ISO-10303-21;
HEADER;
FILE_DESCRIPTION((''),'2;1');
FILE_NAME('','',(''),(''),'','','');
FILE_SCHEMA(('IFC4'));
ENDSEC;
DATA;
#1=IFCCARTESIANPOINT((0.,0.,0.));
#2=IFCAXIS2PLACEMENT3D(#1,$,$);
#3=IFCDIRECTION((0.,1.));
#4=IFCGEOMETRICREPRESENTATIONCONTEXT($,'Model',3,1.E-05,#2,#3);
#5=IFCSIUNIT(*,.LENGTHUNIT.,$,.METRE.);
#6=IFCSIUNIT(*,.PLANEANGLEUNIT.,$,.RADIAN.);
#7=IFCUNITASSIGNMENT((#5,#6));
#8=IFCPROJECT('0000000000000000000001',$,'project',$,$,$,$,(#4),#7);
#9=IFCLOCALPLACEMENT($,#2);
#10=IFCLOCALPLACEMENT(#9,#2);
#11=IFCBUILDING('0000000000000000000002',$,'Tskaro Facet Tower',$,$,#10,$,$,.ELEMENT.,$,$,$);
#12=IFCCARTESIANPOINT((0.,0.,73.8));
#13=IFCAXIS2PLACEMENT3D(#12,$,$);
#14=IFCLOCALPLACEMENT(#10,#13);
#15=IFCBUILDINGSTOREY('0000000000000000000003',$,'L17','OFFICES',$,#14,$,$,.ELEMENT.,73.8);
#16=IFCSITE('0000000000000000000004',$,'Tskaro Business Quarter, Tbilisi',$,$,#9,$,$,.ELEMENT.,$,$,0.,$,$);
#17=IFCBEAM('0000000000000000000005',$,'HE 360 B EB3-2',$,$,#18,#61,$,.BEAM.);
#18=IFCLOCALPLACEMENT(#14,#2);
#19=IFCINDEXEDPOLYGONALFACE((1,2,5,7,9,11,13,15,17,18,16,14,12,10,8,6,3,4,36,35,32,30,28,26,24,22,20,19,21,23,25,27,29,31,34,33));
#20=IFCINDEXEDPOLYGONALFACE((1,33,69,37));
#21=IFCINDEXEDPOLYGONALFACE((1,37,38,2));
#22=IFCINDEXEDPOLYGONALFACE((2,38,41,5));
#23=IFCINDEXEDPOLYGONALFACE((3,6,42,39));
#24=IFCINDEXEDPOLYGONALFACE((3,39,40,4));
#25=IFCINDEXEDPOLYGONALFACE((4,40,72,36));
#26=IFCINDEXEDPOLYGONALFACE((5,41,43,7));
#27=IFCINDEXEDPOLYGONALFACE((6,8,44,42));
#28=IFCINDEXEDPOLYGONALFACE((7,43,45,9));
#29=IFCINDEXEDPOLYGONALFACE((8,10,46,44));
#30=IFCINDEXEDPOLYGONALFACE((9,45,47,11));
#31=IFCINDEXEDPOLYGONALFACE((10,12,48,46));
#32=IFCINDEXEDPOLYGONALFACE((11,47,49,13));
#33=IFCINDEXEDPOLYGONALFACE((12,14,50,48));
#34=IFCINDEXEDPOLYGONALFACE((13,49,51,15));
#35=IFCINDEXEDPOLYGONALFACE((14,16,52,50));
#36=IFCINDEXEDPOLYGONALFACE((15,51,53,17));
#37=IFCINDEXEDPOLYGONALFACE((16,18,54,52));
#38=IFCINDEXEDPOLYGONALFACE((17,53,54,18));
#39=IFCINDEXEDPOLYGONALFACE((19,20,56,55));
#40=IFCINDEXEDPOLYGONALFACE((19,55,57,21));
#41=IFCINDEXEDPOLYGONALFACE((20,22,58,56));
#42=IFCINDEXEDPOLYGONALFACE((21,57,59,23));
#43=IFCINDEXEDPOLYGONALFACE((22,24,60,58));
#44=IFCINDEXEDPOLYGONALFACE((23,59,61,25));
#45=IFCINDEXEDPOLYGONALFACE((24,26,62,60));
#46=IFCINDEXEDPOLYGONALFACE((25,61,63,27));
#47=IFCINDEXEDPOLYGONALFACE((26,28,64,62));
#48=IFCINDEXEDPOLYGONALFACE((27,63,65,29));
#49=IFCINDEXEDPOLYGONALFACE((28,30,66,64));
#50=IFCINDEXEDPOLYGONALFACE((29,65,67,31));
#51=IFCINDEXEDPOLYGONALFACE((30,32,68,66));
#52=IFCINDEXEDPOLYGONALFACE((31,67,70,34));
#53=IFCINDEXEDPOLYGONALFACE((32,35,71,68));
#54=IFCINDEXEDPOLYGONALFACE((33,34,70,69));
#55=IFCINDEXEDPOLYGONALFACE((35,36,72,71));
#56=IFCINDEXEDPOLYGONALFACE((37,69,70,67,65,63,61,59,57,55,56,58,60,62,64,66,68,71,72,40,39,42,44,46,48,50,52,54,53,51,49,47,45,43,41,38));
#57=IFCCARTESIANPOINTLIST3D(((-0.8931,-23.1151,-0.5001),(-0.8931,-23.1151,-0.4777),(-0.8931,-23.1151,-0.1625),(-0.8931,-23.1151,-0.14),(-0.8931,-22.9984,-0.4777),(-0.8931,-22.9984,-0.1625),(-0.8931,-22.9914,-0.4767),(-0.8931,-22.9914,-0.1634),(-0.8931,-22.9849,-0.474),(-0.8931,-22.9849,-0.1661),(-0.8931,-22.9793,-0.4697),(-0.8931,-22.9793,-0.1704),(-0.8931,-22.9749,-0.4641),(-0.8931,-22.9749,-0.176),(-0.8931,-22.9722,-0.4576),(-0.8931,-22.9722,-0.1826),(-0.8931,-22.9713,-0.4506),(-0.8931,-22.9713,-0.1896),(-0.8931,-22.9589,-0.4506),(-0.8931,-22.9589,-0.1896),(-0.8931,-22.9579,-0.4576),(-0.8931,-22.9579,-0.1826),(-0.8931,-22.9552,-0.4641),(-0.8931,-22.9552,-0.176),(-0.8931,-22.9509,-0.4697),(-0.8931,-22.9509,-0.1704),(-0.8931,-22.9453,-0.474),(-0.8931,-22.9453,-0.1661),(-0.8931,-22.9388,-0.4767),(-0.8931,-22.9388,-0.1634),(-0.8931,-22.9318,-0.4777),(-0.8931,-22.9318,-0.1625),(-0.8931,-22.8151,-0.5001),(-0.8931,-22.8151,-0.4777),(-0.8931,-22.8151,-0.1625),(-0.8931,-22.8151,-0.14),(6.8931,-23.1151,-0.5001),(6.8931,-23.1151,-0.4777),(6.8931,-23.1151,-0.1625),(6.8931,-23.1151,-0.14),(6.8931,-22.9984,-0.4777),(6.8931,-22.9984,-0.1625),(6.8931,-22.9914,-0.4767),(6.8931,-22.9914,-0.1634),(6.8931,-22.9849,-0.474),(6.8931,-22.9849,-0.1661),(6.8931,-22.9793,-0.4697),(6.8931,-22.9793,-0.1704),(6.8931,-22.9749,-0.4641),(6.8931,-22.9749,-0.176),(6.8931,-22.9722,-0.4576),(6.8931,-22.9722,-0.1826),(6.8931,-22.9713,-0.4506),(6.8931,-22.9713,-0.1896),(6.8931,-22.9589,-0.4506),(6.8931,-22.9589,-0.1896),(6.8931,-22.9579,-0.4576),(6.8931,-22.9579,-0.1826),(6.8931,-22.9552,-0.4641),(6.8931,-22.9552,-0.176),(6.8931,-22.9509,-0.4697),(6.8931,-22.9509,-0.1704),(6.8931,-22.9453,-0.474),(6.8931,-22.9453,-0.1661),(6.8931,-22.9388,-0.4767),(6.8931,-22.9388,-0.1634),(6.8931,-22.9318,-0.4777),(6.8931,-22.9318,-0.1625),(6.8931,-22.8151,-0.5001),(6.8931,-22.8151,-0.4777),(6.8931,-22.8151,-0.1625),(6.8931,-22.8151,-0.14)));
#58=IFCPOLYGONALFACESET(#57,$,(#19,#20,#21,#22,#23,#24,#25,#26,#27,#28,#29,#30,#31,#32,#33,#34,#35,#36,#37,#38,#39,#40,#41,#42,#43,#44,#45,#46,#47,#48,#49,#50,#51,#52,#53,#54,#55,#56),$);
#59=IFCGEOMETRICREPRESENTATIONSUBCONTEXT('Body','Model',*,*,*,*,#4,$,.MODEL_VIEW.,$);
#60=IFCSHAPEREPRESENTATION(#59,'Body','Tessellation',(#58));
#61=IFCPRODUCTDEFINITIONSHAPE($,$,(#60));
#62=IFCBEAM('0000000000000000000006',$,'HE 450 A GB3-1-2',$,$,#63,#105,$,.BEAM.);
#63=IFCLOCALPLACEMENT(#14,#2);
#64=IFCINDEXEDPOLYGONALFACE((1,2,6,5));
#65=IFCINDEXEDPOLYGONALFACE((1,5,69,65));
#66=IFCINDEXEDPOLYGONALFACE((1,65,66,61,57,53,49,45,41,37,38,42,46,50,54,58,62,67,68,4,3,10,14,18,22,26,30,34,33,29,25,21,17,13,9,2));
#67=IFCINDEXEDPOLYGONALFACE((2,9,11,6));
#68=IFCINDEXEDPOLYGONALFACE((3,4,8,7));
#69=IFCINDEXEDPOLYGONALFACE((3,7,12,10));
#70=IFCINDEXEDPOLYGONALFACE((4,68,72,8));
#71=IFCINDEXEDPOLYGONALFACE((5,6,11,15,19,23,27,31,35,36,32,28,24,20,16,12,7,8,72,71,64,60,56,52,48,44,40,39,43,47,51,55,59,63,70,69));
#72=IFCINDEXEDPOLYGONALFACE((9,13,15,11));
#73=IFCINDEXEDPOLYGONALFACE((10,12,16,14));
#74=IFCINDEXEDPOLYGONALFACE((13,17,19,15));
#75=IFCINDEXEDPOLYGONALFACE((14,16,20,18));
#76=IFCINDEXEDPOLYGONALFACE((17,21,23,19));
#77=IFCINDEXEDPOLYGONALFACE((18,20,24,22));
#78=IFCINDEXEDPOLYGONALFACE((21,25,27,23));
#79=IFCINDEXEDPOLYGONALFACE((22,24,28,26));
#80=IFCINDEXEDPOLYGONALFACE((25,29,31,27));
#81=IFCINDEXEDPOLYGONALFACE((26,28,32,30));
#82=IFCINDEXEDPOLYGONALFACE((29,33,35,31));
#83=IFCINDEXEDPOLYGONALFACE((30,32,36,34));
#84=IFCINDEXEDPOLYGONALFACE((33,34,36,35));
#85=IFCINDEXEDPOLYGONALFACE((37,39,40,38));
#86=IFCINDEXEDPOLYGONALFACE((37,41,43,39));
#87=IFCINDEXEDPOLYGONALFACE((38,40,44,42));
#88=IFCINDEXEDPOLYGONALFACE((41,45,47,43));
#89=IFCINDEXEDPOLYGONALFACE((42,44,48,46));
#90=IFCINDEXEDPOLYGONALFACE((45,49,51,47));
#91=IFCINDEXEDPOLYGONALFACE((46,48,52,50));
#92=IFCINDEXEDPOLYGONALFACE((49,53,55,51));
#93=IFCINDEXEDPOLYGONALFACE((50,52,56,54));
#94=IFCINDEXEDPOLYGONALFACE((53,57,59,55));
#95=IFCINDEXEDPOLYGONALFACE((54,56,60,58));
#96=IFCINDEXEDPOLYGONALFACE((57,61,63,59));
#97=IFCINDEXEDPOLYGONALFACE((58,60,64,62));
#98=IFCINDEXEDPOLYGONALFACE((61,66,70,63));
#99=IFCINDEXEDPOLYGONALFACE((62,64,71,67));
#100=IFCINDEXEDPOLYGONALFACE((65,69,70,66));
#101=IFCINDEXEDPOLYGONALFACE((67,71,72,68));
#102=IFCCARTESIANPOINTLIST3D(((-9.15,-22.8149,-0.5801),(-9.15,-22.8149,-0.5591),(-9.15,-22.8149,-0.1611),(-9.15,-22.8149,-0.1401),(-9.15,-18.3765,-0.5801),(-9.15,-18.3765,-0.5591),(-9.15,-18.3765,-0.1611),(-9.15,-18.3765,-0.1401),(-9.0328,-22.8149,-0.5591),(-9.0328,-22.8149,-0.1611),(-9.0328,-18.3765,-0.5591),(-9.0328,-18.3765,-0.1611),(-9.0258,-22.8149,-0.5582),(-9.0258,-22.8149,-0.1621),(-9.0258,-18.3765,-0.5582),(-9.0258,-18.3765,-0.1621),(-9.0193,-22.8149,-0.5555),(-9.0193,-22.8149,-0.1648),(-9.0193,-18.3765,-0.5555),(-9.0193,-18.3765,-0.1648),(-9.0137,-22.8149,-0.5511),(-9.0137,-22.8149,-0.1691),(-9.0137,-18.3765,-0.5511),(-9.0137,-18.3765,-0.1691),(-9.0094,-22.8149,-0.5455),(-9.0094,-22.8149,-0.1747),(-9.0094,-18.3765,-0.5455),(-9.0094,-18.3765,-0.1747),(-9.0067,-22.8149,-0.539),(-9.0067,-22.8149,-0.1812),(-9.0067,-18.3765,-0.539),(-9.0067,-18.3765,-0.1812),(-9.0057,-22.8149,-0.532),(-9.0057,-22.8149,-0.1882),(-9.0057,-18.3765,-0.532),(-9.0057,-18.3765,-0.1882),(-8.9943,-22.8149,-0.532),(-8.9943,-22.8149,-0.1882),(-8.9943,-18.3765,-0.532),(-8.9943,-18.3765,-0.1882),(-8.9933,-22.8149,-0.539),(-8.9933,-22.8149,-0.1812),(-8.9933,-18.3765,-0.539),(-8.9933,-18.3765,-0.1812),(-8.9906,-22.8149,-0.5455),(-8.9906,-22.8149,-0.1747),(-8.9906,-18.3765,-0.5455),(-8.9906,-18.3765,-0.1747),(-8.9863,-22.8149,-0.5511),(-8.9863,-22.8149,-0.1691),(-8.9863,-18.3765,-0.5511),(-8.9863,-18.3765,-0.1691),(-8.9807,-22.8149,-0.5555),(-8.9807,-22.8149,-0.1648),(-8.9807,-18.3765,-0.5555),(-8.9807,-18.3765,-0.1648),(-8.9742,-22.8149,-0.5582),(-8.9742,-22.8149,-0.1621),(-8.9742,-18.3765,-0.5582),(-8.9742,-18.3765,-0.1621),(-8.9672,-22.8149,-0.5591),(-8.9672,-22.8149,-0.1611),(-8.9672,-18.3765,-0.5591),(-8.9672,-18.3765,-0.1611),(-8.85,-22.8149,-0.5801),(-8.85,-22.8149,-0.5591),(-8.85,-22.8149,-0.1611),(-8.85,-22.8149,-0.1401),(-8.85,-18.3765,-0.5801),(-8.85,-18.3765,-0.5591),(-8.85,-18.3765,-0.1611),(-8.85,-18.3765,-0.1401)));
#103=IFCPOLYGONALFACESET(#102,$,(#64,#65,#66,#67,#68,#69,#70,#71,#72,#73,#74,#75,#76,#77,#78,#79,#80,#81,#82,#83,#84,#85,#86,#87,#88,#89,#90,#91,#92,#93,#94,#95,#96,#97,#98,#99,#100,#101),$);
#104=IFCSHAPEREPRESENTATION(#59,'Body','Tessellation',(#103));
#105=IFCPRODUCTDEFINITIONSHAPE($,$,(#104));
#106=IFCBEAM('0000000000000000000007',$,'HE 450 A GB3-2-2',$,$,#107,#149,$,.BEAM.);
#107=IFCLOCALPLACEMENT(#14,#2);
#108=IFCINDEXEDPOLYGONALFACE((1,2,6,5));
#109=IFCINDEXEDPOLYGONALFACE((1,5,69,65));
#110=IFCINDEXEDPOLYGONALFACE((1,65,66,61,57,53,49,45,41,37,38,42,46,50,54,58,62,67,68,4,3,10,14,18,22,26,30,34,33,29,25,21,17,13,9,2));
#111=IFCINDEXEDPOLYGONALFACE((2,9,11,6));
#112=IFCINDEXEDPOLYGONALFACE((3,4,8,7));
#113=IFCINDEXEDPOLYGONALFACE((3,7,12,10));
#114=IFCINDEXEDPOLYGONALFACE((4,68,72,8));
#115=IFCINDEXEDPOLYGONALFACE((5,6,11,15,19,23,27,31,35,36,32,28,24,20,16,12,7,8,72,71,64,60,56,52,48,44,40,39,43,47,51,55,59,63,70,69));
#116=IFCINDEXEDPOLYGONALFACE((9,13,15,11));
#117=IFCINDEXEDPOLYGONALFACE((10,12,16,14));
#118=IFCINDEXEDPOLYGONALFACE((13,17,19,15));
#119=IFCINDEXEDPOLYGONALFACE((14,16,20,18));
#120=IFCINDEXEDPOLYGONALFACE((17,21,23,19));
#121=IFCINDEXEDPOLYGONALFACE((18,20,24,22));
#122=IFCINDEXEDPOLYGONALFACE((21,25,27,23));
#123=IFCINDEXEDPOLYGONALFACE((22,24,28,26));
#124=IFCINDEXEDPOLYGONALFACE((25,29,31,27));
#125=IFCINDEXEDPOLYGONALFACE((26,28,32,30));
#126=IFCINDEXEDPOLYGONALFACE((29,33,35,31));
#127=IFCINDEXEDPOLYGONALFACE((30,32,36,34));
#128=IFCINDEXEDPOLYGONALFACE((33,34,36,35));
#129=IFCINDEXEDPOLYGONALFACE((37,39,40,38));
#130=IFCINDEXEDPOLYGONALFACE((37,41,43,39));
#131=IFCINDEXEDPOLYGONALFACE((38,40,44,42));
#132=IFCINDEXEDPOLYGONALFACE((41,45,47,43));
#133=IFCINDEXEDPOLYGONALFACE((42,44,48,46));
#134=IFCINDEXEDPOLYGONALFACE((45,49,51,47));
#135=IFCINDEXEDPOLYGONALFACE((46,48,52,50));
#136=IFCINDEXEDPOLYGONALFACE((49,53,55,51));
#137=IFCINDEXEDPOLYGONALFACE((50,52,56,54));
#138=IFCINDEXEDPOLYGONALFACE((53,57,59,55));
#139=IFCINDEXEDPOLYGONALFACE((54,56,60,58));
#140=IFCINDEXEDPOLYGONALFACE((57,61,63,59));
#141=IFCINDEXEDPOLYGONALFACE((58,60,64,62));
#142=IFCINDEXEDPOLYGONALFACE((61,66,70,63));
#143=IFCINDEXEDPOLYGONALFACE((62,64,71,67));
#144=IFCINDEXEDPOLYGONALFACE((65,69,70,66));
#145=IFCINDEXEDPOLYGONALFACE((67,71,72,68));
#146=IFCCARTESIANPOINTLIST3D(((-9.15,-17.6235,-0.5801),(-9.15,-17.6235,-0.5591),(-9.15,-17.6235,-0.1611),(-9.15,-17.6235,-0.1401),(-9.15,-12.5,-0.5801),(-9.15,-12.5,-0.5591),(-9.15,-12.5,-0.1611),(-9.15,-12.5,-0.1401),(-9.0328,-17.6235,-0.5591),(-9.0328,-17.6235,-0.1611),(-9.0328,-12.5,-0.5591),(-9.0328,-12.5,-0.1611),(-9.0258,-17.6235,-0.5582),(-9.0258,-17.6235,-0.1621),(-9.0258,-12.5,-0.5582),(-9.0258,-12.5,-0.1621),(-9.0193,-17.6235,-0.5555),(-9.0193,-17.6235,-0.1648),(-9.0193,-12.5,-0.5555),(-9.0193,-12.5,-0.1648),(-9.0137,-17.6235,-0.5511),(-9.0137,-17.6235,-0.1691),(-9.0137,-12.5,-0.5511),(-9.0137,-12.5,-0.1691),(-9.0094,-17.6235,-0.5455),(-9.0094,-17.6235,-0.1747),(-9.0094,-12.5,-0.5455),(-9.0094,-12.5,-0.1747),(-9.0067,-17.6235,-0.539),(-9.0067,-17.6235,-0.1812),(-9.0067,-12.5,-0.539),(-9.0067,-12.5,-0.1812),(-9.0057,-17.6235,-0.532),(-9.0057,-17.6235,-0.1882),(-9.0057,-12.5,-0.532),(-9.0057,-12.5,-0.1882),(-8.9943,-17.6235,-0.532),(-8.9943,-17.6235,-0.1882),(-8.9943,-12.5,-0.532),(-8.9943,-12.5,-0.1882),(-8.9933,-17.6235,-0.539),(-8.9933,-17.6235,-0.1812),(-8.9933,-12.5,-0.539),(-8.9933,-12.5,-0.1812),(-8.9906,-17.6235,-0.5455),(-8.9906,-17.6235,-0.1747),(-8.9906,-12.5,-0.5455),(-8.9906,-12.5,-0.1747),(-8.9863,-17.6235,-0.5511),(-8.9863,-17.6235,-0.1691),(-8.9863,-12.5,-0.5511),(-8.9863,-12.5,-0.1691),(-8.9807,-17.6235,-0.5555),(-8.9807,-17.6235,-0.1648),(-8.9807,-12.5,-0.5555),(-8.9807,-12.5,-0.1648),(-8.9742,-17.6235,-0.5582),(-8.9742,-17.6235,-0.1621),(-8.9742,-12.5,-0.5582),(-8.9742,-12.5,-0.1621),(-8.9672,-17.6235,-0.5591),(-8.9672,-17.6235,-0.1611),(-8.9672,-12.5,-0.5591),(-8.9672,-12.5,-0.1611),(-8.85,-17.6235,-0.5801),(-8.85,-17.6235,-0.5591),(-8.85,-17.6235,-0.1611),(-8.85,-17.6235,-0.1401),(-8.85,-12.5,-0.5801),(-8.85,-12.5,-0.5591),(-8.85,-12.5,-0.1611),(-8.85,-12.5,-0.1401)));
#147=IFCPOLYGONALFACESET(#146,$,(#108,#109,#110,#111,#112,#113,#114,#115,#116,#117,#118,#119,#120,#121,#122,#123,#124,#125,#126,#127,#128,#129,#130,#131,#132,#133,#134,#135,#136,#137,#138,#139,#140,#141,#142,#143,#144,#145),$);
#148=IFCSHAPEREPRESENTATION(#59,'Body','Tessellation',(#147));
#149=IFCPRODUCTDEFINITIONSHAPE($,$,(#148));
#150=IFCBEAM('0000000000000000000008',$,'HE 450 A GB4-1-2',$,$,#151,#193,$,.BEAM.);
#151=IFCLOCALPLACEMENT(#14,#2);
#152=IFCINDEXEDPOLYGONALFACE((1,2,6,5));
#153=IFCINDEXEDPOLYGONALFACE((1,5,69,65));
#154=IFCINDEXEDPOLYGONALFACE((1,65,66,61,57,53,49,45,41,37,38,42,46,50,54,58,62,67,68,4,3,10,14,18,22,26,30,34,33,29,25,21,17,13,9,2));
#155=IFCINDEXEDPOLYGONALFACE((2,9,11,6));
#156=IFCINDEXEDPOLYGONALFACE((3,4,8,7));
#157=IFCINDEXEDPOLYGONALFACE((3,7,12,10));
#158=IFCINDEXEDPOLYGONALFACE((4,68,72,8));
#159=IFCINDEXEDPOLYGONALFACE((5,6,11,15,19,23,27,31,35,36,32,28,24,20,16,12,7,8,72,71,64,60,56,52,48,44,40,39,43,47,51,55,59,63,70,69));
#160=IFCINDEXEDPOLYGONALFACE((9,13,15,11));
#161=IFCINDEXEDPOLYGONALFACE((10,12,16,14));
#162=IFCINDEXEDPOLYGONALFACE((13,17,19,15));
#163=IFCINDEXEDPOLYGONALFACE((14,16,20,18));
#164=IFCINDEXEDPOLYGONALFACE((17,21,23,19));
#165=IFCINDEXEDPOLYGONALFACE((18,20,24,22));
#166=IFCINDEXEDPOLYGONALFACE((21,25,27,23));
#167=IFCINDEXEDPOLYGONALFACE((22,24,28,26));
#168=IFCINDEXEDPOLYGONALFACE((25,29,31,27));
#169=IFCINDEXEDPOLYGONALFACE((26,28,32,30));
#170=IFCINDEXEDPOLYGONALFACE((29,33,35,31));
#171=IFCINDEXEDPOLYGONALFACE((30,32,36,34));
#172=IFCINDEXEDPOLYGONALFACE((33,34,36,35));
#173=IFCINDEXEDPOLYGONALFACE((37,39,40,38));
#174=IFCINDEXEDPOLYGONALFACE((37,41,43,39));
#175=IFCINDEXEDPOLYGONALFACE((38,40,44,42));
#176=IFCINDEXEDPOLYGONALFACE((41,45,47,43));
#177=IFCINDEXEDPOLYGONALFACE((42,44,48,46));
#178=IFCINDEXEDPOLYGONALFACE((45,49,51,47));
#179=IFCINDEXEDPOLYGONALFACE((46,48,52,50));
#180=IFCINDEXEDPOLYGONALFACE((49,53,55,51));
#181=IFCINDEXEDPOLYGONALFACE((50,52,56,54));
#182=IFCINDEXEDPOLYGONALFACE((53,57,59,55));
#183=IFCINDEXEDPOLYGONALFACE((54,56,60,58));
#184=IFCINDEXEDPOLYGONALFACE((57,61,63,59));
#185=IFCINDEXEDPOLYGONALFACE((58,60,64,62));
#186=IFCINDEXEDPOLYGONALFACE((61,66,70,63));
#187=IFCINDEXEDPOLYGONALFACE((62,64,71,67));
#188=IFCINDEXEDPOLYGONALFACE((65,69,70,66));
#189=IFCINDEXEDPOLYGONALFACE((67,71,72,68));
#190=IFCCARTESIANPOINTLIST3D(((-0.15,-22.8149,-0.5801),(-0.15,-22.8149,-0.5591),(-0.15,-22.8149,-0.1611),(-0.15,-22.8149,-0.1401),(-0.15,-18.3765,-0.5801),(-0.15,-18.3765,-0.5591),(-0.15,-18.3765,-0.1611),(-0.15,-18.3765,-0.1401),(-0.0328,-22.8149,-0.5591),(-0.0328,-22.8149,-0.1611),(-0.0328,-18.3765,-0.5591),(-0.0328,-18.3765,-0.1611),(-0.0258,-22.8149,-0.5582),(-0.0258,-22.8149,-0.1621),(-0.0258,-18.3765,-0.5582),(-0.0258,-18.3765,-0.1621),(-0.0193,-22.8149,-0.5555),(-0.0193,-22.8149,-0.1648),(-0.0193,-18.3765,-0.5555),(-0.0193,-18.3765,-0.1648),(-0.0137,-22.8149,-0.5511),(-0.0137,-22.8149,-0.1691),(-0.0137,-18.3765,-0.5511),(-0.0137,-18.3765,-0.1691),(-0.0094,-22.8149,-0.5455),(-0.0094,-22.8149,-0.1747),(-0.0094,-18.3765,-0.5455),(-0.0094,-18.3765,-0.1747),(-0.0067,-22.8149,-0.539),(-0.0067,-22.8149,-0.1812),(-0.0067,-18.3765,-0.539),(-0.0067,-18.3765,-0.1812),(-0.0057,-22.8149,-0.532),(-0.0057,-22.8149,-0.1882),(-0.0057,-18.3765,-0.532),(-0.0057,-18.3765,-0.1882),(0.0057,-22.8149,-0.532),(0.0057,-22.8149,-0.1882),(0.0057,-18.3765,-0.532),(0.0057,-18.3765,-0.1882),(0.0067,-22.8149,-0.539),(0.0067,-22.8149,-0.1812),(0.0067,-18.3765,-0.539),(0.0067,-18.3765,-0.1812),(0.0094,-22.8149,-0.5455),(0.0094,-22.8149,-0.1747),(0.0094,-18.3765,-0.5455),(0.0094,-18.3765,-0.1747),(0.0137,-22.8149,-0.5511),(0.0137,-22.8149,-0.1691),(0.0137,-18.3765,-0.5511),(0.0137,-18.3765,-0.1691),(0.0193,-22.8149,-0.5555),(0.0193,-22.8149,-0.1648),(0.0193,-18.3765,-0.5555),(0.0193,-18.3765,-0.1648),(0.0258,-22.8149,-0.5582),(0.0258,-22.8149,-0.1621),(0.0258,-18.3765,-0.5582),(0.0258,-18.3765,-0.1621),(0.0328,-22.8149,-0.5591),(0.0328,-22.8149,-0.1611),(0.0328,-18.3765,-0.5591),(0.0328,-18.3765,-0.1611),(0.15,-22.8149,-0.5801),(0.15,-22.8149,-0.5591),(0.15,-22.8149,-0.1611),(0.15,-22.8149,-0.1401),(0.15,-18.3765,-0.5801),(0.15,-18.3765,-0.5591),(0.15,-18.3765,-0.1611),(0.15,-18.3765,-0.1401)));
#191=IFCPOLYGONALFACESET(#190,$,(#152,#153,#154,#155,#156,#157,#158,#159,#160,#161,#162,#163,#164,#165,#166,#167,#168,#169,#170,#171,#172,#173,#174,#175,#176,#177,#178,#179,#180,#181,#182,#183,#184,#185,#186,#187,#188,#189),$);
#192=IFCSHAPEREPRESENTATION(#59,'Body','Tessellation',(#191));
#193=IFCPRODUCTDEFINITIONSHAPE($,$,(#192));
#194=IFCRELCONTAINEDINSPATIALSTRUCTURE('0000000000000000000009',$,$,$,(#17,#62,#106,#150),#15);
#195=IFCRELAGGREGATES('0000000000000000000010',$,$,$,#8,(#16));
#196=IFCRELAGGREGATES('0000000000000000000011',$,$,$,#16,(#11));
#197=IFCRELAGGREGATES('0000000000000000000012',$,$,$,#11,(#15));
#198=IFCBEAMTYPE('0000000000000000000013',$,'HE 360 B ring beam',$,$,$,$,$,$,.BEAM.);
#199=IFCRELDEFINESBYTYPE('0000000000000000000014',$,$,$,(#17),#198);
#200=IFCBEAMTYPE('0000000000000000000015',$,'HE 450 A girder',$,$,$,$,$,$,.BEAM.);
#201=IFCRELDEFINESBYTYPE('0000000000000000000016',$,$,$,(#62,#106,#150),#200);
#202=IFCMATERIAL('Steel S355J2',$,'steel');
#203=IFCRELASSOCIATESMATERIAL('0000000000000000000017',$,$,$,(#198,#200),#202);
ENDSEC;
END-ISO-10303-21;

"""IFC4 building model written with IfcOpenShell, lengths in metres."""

from ifc_helpers import new_model, si_unit, direction, frame, origin, origin_2d, place, context, subcontext, project, spatial, i_section, extrude, material, material_profile, profile_set, type_object, element, save


model = new_model("IFC4")

# Units and contexts
model_context = context("Model", 3, precision=1e-05, world=origin(), true_north=direction((0.0, 1.0)))
body_context = subcontext(model_context, "Body", "Model", "MODEL_VIEW")
ifc_project = project(units=[si_unit("LENGTHUNIT", "METRE"), si_unit("PLANEANGLEUNIT", "RADIAN")], contexts=[model_context])

# Site, building, storey
site_placement = place(None, origin())
site = spatial("IfcSite", under=ifc_project, at=site_placement, Name="Tskaro Business Quarter, Tbilisi", CompositionType="ELEMENT", RefElevation=0.0)
building_placement = place(site_placement, origin())
building = spatial("IfcBuilding", under=site, at=building_placement, Name="Tskaro Facet Tower", CompositionType="ELEMENT")
storey_placement = place(building_placement, frame((0.0, 0.0, 73.8)))
storey = spatial("IfcBuildingStorey", under=building, at=storey_placement, Name="L17", Description="OFFICES", CompositionType="ELEMENT", Elevation=73.8)

# Beams
ifc_material_1 = material(Name="Steel S355J2", Category="steel")
ifc_material_profile_1 = material_profile(ifc_material_1, i_section(OverallWidth=0.3, OverallDepth=0.3601, WebThickness=0.0125, FlangeThickness=0.0225, FilletRadius=0.0271, at=origin_2d()), Name="HE 360 B")
ifc_profile_set_1 = profile_set([ifc_material_profile_1], Name="Steel S355J2")
beam_type_1 = type_object("IfcBeamType", Name="HE 360 B ring beam", PredefinedType="BEAM", material=ifc_profile_set_1)
beam_1_placement = place(storey_placement, frame((-0.8931, -22.9651, -0.3201), z_axis=(1.0, 0.0, 0.0), x_axis=(0.0, 1.0, 0.0)))
element("IfcBeam", 1, at=beam_1_placement, inside=storey, type_object=beam_type_1, Name="HE 360 B EB3-2", PredefinedType="BEAM", context=body_context, shape_type="SweptSolid", body=[
    extrude(i_section(OverallWidth=0.3, OverallDepth=0.3601, WebThickness=0.0125, FlangeThickness=0.0225, FilletRadius=0.0271, at=origin_2d()), origin(), (0.0, 0.0, 1.0), 7.7861),
])
ifc_material_profile_2 = material_profile(ifc_material_1, i_section(OverallWidth=0.3, OverallDepth=0.4399, WebThickness=0.0115, FlangeThickness=0.021, FilletRadius=0.0271, at=origin_2d()), Name="HE 450 A")
ifc_profile_set_2 = profile_set([ifc_material_profile_2], Name="Steel S355J2")
beam_type_2 = type_object("IfcBeamType", Name="HE 450 A girder", PredefinedType="BEAM", material=ifc_profile_set_2)
beam_2_placement = place(storey_placement, frame((-9.0, -22.8149, -0.3601), z_axis=(0.0, 1.0, 0.0), x_axis=(-1.0, 0.0, 0.0)))
element("IfcBeam", 2, at=beam_2_placement, inside=storey, type_object=beam_type_2, Name="HE 450 A GB3-1-2", PredefinedType="BEAM", context=body_context, shape_type="SweptSolid", body=[
    extrude(i_section(OverallWidth=0.3, OverallDepth=0.4399, WebThickness=0.0115, FlangeThickness=0.021, FilletRadius=0.0271, at=origin_2d()), origin(), (0.0, 0.0, 1.0), 4.4385),
])
beam_3_placement = place(storey_placement, frame((-9.0, -17.6235, -0.3601), z_axis=(0.0, 1.0, 0.0), x_axis=(-1.0, 0.0, 0.0)))
element("IfcBeam", 3, at=beam_3_placement, inside=storey, type_object=beam_type_2, Name="HE 450 A GB3-2-2", PredefinedType="BEAM", context=body_context, shape_type="SweptSolid", body=[
    extrude(i_section(OverallWidth=0.3, OverallDepth=0.4399, WebThickness=0.0115, FlangeThickness=0.021, FilletRadius=0.0271, at=origin_2d()), origin(), (0.0, 0.0, 1.0), 5.1235),
])
beam_4_placement = place(storey_placement, frame((0.0, -22.8149, -0.3601), z_axis=(0.0, 1.0, 0.0), x_axis=(-1.0, 0.0, 0.0)))
element("IfcBeam", 4, at=beam_4_placement, inside=storey, type_object=beam_type_2, Name="HE 450 A GB4-1-2", PredefinedType="BEAM", context=body_context, shape_type="SweptSolid", body=[
    extrude(i_section(OverallWidth=0.3, OverallDepth=0.4399, WebThickness=0.0115, FlangeThickness=0.021, FilletRadius=0.0271, at=origin_2d()), origin(), (0.0, 0.0, 1.0), 4.4385),
])

save(model, "model.ifc")
